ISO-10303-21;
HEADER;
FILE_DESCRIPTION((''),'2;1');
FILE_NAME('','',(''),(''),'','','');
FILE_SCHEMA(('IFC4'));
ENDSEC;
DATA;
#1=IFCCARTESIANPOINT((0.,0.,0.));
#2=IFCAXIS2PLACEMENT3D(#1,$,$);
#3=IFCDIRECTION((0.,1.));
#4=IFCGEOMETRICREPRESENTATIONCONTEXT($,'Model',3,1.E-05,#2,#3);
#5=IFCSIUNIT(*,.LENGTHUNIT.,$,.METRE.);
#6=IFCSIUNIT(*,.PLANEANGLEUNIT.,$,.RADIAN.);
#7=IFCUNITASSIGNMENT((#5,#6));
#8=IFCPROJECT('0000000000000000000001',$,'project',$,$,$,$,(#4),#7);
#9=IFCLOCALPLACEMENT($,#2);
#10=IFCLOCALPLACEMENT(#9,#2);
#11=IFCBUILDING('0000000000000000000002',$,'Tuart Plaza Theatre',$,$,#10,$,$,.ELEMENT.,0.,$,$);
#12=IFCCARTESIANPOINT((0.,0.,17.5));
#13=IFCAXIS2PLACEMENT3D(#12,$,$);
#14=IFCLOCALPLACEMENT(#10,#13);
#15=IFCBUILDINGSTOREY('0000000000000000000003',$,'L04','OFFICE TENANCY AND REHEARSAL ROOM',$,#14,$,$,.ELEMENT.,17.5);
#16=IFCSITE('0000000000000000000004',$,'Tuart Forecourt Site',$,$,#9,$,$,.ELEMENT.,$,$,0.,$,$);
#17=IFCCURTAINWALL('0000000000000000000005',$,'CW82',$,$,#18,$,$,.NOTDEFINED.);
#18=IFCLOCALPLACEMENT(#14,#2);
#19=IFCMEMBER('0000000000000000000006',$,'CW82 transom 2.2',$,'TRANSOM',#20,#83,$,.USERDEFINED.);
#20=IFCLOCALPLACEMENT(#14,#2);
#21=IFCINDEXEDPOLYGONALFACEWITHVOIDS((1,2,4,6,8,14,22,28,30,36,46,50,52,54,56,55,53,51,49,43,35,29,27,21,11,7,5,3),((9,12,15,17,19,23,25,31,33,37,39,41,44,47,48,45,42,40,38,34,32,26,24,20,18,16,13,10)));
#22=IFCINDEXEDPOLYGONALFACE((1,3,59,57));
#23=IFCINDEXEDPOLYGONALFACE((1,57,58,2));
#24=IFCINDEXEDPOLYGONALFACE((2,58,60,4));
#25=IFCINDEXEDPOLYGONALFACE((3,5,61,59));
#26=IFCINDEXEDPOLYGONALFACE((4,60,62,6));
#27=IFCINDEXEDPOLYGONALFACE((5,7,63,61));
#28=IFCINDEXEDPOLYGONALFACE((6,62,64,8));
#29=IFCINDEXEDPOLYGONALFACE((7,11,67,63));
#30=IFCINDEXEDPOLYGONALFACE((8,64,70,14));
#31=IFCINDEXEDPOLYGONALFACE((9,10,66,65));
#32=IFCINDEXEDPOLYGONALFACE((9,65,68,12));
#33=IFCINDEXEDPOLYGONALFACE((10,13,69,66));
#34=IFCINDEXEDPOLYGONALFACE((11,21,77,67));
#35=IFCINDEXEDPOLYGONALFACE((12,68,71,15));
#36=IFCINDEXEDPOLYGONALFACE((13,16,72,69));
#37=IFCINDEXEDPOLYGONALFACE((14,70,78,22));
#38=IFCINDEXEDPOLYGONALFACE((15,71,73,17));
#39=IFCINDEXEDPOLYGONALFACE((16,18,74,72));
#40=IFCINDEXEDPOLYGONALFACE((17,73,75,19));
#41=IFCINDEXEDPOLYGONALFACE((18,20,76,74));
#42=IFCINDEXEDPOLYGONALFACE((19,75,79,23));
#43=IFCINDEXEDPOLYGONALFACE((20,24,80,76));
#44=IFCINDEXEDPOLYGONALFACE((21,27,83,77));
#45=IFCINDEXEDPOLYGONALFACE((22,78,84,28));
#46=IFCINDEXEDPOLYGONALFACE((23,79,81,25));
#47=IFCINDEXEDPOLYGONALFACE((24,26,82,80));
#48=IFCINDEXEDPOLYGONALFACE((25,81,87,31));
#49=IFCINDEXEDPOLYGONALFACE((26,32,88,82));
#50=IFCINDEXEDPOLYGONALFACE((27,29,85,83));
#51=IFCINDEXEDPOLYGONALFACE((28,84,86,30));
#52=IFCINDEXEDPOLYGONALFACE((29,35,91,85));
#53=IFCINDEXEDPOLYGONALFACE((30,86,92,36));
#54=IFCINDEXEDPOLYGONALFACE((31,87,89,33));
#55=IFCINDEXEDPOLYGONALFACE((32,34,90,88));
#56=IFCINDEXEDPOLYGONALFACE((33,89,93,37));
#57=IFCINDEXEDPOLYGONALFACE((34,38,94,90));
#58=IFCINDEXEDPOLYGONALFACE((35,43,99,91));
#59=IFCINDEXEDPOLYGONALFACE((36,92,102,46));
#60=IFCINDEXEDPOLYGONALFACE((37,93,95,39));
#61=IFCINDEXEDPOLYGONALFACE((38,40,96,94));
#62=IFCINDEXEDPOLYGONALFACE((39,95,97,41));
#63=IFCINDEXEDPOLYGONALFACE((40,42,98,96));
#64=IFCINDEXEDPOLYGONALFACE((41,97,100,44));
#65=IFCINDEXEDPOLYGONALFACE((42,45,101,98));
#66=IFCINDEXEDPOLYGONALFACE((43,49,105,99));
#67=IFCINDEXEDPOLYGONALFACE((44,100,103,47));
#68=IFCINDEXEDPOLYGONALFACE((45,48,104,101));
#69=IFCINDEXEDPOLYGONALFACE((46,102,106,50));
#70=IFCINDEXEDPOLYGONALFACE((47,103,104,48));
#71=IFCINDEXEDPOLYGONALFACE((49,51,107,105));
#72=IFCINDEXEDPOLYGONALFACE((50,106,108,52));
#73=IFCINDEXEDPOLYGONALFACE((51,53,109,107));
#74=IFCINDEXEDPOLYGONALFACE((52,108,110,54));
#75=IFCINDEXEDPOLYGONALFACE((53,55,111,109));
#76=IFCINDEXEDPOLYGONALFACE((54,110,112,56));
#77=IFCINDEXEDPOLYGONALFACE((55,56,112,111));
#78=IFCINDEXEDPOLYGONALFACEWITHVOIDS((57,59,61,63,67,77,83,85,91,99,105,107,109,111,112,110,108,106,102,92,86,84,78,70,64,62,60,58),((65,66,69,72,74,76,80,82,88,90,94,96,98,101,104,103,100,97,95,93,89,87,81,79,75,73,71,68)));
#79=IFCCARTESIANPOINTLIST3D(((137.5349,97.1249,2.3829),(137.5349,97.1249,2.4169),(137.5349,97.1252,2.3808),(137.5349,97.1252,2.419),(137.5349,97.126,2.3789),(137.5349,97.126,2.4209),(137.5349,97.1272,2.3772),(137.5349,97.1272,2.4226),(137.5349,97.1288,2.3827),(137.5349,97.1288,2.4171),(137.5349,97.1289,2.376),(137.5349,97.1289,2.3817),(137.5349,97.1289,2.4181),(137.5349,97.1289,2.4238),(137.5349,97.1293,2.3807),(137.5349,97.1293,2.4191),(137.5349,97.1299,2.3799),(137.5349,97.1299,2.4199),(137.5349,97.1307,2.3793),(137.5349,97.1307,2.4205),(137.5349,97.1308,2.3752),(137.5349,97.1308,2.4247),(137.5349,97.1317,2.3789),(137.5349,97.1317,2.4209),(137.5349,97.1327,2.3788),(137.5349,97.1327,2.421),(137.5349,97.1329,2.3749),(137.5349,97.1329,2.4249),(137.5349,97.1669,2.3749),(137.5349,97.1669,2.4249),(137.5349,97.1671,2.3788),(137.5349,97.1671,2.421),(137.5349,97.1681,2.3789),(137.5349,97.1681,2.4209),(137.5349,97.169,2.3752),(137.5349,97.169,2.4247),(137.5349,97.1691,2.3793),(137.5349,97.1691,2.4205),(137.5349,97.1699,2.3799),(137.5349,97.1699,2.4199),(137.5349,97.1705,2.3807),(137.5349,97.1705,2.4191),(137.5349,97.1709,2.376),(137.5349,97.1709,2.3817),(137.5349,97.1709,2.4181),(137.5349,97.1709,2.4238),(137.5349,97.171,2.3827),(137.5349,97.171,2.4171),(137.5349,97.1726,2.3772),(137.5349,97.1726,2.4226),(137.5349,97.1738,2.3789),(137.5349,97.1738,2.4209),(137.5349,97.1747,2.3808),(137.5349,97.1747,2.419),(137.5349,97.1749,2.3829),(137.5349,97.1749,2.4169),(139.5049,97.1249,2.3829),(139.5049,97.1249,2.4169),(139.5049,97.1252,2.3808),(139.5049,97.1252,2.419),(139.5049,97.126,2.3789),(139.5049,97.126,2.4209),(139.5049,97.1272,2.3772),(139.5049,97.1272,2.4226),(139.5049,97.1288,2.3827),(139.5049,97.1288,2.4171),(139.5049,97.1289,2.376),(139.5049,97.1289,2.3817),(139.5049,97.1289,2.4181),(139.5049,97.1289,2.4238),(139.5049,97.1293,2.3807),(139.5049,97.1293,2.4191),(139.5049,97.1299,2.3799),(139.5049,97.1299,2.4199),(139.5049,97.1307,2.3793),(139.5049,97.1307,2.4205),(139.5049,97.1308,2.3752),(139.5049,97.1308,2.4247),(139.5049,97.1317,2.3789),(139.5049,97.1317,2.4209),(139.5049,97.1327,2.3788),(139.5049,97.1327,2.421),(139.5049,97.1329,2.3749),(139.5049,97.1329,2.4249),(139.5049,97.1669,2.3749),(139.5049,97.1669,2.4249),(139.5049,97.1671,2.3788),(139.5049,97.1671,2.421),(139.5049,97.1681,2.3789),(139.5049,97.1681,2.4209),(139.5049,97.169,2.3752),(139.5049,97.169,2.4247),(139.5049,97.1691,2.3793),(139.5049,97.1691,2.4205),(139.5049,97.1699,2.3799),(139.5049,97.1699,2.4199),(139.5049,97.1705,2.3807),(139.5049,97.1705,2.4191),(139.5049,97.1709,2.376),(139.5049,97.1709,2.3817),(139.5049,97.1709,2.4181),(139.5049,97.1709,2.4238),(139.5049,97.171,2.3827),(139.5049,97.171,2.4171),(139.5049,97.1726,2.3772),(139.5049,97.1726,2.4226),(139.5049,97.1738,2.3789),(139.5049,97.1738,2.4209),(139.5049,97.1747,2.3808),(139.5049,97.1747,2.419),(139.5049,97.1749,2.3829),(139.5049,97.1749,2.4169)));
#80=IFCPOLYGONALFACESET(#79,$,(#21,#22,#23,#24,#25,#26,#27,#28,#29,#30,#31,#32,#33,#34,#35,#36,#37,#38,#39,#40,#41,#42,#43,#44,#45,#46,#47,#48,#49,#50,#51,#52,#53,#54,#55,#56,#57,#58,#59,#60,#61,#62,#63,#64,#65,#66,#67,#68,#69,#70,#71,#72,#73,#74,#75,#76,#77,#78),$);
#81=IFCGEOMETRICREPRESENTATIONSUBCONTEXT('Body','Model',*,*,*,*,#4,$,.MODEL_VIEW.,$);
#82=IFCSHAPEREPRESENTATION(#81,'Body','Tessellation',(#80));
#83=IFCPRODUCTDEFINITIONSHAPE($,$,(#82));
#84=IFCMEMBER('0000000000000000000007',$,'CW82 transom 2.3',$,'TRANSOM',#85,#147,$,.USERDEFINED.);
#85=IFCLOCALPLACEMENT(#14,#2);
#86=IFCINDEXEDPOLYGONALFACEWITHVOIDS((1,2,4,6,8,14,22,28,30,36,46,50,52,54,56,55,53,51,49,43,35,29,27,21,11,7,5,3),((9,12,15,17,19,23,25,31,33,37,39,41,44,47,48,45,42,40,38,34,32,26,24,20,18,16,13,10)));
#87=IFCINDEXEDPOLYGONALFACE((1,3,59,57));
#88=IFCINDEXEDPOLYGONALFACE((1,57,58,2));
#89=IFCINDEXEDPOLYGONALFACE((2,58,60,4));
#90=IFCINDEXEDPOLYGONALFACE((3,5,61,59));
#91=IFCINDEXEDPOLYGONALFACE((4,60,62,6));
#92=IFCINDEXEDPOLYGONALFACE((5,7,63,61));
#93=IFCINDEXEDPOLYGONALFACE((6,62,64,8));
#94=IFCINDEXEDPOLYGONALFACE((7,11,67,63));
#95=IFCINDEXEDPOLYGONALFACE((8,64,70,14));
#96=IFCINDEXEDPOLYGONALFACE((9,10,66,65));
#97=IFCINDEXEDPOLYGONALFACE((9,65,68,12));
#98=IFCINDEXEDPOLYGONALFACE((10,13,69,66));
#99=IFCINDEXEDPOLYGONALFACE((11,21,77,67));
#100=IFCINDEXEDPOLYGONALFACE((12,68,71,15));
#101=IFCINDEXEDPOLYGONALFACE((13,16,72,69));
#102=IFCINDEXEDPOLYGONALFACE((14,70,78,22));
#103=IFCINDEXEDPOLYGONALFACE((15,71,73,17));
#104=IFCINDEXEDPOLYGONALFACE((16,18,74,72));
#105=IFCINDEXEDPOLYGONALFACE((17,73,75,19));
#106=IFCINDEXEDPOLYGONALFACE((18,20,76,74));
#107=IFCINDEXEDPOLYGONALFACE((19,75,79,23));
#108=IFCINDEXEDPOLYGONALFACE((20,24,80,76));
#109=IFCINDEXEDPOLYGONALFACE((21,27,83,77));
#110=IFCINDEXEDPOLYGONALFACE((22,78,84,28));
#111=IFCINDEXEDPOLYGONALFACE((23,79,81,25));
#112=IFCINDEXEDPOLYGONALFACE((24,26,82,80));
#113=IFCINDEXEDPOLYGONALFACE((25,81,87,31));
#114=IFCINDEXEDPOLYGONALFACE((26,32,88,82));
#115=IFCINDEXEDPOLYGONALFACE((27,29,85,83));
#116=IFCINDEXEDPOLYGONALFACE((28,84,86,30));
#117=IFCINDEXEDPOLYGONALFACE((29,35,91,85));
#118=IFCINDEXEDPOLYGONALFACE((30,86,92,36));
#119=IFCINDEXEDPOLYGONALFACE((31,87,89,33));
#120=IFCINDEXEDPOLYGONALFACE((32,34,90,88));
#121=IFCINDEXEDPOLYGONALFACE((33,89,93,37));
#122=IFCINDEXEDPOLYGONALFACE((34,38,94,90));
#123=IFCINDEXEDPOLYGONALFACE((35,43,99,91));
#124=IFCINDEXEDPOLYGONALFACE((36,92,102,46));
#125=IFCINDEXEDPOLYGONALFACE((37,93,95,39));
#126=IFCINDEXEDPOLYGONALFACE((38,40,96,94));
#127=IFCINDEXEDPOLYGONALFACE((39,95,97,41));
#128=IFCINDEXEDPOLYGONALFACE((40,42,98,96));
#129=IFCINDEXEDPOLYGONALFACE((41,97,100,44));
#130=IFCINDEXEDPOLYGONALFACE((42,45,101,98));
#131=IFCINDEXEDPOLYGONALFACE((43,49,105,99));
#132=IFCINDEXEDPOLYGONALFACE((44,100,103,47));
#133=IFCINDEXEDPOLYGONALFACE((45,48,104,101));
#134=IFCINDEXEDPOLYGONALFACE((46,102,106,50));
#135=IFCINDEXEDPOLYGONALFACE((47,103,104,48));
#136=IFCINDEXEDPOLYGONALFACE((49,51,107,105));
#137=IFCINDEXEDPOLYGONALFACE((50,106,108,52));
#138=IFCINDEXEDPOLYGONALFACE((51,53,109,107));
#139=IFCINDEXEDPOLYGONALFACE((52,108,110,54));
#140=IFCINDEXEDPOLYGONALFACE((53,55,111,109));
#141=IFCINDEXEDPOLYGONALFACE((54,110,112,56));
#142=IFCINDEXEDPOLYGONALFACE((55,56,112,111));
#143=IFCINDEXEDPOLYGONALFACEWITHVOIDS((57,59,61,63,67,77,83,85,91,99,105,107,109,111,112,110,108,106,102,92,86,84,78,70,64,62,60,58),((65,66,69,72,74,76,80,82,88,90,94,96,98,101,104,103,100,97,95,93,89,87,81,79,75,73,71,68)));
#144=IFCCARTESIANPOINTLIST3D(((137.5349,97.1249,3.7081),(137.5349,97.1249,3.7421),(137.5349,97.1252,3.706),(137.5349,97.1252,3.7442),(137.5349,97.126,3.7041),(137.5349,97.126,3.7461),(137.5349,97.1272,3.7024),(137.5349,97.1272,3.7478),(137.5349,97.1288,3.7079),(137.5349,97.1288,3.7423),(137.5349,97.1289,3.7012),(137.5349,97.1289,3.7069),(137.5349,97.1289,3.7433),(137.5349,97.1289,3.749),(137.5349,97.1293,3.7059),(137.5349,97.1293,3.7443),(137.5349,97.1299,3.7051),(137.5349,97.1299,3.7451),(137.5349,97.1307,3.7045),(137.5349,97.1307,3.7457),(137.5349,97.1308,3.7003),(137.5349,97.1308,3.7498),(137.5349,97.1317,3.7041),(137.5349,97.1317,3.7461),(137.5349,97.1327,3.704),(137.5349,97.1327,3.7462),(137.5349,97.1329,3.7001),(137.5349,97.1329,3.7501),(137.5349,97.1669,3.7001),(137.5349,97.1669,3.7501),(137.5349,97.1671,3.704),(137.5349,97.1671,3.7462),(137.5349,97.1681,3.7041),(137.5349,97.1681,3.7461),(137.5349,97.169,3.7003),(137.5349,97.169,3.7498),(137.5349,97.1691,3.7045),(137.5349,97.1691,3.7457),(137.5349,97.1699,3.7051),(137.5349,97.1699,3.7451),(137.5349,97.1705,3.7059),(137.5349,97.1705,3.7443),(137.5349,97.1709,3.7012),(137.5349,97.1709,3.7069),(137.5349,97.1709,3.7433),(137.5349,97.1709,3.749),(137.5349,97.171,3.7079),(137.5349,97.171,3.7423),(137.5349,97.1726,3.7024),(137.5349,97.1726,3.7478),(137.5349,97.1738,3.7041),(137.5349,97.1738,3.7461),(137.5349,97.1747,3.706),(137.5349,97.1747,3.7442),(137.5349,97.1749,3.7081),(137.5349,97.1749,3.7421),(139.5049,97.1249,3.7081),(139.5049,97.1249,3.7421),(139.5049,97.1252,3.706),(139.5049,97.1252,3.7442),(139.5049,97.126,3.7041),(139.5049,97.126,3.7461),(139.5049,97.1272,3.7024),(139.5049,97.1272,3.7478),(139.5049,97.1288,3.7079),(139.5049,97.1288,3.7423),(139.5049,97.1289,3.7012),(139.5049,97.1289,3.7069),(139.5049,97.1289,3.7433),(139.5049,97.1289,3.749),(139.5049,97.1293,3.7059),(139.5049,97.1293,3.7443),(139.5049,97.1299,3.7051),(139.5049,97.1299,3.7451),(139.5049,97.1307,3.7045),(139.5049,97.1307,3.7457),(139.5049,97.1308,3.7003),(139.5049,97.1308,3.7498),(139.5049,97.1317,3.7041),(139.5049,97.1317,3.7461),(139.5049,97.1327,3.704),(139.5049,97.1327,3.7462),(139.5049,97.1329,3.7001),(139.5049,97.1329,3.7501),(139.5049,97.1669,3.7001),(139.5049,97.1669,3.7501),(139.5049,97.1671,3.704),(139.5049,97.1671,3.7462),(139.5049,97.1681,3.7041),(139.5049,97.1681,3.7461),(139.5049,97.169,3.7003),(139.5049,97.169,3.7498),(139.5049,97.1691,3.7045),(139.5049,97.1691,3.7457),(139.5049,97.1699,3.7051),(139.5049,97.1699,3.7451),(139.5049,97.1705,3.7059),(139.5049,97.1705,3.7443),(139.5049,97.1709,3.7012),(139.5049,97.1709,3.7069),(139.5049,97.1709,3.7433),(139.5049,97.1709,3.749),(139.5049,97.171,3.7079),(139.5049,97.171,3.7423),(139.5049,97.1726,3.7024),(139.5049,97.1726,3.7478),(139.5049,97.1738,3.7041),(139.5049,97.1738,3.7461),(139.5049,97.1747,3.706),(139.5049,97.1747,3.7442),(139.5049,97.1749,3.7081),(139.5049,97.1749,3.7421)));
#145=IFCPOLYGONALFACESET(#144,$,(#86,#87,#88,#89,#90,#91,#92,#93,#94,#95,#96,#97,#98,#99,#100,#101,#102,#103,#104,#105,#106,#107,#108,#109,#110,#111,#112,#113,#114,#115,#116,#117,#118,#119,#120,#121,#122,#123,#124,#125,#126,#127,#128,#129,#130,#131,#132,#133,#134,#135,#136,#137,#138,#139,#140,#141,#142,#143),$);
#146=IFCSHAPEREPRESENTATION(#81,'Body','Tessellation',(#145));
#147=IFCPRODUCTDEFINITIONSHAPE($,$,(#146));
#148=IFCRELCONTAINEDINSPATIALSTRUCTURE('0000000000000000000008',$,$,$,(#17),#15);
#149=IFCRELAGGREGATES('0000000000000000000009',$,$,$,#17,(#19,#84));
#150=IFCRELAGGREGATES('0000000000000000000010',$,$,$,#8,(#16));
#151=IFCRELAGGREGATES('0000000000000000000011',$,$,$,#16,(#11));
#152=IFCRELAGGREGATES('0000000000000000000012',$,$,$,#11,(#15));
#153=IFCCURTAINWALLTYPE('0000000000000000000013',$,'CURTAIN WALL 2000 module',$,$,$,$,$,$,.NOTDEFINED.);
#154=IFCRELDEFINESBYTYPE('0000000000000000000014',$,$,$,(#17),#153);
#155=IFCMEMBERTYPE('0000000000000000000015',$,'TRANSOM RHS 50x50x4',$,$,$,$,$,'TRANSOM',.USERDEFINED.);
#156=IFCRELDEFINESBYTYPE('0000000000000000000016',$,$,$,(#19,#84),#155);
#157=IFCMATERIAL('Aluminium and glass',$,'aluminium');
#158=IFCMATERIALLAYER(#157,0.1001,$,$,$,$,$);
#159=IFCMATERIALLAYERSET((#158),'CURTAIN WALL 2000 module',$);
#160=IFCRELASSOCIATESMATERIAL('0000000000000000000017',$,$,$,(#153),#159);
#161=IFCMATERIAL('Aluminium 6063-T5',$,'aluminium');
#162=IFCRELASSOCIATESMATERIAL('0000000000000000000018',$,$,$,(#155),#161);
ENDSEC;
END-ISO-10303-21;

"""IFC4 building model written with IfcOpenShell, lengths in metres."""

from ifc_helpers import new_model, si_unit, direction, frame, origin, origin_2d, place, context, subcontext, project, spatial, hollow_rectangle, extrude, material, layer, layer_set, material_profile, profile_set, type_object, element, aggregate, save


model = new_model("IFC4")

# Units and contexts
model_context = context("Model", 3, precision=1e-05, world=origin(), true_north=direction((0.0, 1.0)))
body_context = subcontext(model_context, "Body", "Model", "MODEL_VIEW")
ifc_project = project(units=[si_unit("LENGTHUNIT", "METRE"), si_unit("PLANEANGLEUNIT", "RADIAN")], contexts=[model_context])

# Site, building, storey
site_placement = place(None, origin())
site = spatial("IfcSite", under=ifc_project, at=site_placement, Name="Tuart Forecourt Site", CompositionType="ELEMENT", RefElevation=0.0)
building_placement = place(site_placement, origin())
building = spatial("IfcBuilding", under=site, at=building_placement, Name="Tuart Plaza Theatre", CompositionType="ELEMENT", ElevationOfRefHeight=0.0)
storey_placement = place(building_placement, frame((0.0, 0.0, 17.5)))
storey = spatial("IfcBuildingStorey", under=building, at=storey_placement, Name="L04", Description="OFFICE TENANCY AND REHEARSAL ROOM", CompositionType="ELEMENT", Elevation=17.5)

# Shared definitions
ifc_material_1 = material(Name="Aluminium and glass", Category="aluminium")
ifc_layer_1 = layer(ifc_material_1, 0.1001)
ifc_layer_set_1 = layer_set([ifc_layer_1], Name="CURTAIN WALL 2000 module")
curtain_wall_type = type_object("IfcCurtainWallType", Name="CURTAIN WALL 2000 module", PredefinedType="NOTDEFINED", material=ifc_layer_set_1)

# Curtain wall
curtain_wall_1_placement = place(storey_placement, origin())
curtain_wall_1 = element("IfcCurtainWall", 1, at=curtain_wall_1_placement, inside=storey, type_object=curtain_wall_type, Name="CW82", PredefinedType="NOTDEFINED")

# Members
ifc_material_2 = material(Name="Aluminium 6063-T5", Category="aluminium")
ifc_material_profile_1 = material_profile(ifc_material_2, hollow_rectangle(XDim=0.05, YDim=0.05, WallThickness=0.0039, InnerFilletRadius=0.0039, OuterFilletRadius=0.0081, at=origin_2d()), Name="RHS 50x50x4")
ifc_profile_set_1 = profile_set([ifc_material_profile_1], Name="Aluminium 6063-T5")
member_type_1 = type_object("IfcMemberType", Name="TRANSOM RHS 50x50x4", ElementType="TRANSOM", PredefinedType="USERDEFINED", material=ifc_profile_set_1)
member_1_placement = place(storey_placement, frame((139.5049, 97.1499, 2.3999), z_axis=(-1.0, 0.0, 0.0), x_axis=(0.0, -1.0, 0.0)))
member_1 = element("IfcMember", 2, at=member_1_placement, type_object=member_type_1, Name="CW82 transom 2.2", ObjectType="TRANSOM", PredefinedType="USERDEFINED", context=body_context, shape_type="SweptSolid", body=[
    extrude(hollow_rectangle(XDim=0.05, YDim=0.05, WallThickness=0.0039, InnerFilletRadius=0.0039, OuterFilletRadius=0.0081, at=origin_2d()), origin(), (0.0, 0.0, 1.0), 1.97),
])
member_2_placement = place(storey_placement, frame((139.5049, 97.1499, 3.7251), z_axis=(-1.0, 0.0, 0.0), x_axis=(0.0, -1.0, 0.0)))
member_2 = element("IfcMember", 3, at=member_2_placement, type_object=member_type_1, Name="CW82 transom 2.3", ObjectType="TRANSOM", PredefinedType="USERDEFINED", context=body_context, shape_type="SweptSolid", body=[
    extrude(hollow_rectangle(XDim=0.05, YDim=0.05, WallThickness=0.0039, InnerFilletRadius=0.0039, OuterFilletRadius=0.0081, at=origin_2d()), origin(), (0.0, 0.0, 1.0), 1.97),
])

aggregate(curtain_wall_1, [member_1, member_2])

save(model, "model.ifc")
